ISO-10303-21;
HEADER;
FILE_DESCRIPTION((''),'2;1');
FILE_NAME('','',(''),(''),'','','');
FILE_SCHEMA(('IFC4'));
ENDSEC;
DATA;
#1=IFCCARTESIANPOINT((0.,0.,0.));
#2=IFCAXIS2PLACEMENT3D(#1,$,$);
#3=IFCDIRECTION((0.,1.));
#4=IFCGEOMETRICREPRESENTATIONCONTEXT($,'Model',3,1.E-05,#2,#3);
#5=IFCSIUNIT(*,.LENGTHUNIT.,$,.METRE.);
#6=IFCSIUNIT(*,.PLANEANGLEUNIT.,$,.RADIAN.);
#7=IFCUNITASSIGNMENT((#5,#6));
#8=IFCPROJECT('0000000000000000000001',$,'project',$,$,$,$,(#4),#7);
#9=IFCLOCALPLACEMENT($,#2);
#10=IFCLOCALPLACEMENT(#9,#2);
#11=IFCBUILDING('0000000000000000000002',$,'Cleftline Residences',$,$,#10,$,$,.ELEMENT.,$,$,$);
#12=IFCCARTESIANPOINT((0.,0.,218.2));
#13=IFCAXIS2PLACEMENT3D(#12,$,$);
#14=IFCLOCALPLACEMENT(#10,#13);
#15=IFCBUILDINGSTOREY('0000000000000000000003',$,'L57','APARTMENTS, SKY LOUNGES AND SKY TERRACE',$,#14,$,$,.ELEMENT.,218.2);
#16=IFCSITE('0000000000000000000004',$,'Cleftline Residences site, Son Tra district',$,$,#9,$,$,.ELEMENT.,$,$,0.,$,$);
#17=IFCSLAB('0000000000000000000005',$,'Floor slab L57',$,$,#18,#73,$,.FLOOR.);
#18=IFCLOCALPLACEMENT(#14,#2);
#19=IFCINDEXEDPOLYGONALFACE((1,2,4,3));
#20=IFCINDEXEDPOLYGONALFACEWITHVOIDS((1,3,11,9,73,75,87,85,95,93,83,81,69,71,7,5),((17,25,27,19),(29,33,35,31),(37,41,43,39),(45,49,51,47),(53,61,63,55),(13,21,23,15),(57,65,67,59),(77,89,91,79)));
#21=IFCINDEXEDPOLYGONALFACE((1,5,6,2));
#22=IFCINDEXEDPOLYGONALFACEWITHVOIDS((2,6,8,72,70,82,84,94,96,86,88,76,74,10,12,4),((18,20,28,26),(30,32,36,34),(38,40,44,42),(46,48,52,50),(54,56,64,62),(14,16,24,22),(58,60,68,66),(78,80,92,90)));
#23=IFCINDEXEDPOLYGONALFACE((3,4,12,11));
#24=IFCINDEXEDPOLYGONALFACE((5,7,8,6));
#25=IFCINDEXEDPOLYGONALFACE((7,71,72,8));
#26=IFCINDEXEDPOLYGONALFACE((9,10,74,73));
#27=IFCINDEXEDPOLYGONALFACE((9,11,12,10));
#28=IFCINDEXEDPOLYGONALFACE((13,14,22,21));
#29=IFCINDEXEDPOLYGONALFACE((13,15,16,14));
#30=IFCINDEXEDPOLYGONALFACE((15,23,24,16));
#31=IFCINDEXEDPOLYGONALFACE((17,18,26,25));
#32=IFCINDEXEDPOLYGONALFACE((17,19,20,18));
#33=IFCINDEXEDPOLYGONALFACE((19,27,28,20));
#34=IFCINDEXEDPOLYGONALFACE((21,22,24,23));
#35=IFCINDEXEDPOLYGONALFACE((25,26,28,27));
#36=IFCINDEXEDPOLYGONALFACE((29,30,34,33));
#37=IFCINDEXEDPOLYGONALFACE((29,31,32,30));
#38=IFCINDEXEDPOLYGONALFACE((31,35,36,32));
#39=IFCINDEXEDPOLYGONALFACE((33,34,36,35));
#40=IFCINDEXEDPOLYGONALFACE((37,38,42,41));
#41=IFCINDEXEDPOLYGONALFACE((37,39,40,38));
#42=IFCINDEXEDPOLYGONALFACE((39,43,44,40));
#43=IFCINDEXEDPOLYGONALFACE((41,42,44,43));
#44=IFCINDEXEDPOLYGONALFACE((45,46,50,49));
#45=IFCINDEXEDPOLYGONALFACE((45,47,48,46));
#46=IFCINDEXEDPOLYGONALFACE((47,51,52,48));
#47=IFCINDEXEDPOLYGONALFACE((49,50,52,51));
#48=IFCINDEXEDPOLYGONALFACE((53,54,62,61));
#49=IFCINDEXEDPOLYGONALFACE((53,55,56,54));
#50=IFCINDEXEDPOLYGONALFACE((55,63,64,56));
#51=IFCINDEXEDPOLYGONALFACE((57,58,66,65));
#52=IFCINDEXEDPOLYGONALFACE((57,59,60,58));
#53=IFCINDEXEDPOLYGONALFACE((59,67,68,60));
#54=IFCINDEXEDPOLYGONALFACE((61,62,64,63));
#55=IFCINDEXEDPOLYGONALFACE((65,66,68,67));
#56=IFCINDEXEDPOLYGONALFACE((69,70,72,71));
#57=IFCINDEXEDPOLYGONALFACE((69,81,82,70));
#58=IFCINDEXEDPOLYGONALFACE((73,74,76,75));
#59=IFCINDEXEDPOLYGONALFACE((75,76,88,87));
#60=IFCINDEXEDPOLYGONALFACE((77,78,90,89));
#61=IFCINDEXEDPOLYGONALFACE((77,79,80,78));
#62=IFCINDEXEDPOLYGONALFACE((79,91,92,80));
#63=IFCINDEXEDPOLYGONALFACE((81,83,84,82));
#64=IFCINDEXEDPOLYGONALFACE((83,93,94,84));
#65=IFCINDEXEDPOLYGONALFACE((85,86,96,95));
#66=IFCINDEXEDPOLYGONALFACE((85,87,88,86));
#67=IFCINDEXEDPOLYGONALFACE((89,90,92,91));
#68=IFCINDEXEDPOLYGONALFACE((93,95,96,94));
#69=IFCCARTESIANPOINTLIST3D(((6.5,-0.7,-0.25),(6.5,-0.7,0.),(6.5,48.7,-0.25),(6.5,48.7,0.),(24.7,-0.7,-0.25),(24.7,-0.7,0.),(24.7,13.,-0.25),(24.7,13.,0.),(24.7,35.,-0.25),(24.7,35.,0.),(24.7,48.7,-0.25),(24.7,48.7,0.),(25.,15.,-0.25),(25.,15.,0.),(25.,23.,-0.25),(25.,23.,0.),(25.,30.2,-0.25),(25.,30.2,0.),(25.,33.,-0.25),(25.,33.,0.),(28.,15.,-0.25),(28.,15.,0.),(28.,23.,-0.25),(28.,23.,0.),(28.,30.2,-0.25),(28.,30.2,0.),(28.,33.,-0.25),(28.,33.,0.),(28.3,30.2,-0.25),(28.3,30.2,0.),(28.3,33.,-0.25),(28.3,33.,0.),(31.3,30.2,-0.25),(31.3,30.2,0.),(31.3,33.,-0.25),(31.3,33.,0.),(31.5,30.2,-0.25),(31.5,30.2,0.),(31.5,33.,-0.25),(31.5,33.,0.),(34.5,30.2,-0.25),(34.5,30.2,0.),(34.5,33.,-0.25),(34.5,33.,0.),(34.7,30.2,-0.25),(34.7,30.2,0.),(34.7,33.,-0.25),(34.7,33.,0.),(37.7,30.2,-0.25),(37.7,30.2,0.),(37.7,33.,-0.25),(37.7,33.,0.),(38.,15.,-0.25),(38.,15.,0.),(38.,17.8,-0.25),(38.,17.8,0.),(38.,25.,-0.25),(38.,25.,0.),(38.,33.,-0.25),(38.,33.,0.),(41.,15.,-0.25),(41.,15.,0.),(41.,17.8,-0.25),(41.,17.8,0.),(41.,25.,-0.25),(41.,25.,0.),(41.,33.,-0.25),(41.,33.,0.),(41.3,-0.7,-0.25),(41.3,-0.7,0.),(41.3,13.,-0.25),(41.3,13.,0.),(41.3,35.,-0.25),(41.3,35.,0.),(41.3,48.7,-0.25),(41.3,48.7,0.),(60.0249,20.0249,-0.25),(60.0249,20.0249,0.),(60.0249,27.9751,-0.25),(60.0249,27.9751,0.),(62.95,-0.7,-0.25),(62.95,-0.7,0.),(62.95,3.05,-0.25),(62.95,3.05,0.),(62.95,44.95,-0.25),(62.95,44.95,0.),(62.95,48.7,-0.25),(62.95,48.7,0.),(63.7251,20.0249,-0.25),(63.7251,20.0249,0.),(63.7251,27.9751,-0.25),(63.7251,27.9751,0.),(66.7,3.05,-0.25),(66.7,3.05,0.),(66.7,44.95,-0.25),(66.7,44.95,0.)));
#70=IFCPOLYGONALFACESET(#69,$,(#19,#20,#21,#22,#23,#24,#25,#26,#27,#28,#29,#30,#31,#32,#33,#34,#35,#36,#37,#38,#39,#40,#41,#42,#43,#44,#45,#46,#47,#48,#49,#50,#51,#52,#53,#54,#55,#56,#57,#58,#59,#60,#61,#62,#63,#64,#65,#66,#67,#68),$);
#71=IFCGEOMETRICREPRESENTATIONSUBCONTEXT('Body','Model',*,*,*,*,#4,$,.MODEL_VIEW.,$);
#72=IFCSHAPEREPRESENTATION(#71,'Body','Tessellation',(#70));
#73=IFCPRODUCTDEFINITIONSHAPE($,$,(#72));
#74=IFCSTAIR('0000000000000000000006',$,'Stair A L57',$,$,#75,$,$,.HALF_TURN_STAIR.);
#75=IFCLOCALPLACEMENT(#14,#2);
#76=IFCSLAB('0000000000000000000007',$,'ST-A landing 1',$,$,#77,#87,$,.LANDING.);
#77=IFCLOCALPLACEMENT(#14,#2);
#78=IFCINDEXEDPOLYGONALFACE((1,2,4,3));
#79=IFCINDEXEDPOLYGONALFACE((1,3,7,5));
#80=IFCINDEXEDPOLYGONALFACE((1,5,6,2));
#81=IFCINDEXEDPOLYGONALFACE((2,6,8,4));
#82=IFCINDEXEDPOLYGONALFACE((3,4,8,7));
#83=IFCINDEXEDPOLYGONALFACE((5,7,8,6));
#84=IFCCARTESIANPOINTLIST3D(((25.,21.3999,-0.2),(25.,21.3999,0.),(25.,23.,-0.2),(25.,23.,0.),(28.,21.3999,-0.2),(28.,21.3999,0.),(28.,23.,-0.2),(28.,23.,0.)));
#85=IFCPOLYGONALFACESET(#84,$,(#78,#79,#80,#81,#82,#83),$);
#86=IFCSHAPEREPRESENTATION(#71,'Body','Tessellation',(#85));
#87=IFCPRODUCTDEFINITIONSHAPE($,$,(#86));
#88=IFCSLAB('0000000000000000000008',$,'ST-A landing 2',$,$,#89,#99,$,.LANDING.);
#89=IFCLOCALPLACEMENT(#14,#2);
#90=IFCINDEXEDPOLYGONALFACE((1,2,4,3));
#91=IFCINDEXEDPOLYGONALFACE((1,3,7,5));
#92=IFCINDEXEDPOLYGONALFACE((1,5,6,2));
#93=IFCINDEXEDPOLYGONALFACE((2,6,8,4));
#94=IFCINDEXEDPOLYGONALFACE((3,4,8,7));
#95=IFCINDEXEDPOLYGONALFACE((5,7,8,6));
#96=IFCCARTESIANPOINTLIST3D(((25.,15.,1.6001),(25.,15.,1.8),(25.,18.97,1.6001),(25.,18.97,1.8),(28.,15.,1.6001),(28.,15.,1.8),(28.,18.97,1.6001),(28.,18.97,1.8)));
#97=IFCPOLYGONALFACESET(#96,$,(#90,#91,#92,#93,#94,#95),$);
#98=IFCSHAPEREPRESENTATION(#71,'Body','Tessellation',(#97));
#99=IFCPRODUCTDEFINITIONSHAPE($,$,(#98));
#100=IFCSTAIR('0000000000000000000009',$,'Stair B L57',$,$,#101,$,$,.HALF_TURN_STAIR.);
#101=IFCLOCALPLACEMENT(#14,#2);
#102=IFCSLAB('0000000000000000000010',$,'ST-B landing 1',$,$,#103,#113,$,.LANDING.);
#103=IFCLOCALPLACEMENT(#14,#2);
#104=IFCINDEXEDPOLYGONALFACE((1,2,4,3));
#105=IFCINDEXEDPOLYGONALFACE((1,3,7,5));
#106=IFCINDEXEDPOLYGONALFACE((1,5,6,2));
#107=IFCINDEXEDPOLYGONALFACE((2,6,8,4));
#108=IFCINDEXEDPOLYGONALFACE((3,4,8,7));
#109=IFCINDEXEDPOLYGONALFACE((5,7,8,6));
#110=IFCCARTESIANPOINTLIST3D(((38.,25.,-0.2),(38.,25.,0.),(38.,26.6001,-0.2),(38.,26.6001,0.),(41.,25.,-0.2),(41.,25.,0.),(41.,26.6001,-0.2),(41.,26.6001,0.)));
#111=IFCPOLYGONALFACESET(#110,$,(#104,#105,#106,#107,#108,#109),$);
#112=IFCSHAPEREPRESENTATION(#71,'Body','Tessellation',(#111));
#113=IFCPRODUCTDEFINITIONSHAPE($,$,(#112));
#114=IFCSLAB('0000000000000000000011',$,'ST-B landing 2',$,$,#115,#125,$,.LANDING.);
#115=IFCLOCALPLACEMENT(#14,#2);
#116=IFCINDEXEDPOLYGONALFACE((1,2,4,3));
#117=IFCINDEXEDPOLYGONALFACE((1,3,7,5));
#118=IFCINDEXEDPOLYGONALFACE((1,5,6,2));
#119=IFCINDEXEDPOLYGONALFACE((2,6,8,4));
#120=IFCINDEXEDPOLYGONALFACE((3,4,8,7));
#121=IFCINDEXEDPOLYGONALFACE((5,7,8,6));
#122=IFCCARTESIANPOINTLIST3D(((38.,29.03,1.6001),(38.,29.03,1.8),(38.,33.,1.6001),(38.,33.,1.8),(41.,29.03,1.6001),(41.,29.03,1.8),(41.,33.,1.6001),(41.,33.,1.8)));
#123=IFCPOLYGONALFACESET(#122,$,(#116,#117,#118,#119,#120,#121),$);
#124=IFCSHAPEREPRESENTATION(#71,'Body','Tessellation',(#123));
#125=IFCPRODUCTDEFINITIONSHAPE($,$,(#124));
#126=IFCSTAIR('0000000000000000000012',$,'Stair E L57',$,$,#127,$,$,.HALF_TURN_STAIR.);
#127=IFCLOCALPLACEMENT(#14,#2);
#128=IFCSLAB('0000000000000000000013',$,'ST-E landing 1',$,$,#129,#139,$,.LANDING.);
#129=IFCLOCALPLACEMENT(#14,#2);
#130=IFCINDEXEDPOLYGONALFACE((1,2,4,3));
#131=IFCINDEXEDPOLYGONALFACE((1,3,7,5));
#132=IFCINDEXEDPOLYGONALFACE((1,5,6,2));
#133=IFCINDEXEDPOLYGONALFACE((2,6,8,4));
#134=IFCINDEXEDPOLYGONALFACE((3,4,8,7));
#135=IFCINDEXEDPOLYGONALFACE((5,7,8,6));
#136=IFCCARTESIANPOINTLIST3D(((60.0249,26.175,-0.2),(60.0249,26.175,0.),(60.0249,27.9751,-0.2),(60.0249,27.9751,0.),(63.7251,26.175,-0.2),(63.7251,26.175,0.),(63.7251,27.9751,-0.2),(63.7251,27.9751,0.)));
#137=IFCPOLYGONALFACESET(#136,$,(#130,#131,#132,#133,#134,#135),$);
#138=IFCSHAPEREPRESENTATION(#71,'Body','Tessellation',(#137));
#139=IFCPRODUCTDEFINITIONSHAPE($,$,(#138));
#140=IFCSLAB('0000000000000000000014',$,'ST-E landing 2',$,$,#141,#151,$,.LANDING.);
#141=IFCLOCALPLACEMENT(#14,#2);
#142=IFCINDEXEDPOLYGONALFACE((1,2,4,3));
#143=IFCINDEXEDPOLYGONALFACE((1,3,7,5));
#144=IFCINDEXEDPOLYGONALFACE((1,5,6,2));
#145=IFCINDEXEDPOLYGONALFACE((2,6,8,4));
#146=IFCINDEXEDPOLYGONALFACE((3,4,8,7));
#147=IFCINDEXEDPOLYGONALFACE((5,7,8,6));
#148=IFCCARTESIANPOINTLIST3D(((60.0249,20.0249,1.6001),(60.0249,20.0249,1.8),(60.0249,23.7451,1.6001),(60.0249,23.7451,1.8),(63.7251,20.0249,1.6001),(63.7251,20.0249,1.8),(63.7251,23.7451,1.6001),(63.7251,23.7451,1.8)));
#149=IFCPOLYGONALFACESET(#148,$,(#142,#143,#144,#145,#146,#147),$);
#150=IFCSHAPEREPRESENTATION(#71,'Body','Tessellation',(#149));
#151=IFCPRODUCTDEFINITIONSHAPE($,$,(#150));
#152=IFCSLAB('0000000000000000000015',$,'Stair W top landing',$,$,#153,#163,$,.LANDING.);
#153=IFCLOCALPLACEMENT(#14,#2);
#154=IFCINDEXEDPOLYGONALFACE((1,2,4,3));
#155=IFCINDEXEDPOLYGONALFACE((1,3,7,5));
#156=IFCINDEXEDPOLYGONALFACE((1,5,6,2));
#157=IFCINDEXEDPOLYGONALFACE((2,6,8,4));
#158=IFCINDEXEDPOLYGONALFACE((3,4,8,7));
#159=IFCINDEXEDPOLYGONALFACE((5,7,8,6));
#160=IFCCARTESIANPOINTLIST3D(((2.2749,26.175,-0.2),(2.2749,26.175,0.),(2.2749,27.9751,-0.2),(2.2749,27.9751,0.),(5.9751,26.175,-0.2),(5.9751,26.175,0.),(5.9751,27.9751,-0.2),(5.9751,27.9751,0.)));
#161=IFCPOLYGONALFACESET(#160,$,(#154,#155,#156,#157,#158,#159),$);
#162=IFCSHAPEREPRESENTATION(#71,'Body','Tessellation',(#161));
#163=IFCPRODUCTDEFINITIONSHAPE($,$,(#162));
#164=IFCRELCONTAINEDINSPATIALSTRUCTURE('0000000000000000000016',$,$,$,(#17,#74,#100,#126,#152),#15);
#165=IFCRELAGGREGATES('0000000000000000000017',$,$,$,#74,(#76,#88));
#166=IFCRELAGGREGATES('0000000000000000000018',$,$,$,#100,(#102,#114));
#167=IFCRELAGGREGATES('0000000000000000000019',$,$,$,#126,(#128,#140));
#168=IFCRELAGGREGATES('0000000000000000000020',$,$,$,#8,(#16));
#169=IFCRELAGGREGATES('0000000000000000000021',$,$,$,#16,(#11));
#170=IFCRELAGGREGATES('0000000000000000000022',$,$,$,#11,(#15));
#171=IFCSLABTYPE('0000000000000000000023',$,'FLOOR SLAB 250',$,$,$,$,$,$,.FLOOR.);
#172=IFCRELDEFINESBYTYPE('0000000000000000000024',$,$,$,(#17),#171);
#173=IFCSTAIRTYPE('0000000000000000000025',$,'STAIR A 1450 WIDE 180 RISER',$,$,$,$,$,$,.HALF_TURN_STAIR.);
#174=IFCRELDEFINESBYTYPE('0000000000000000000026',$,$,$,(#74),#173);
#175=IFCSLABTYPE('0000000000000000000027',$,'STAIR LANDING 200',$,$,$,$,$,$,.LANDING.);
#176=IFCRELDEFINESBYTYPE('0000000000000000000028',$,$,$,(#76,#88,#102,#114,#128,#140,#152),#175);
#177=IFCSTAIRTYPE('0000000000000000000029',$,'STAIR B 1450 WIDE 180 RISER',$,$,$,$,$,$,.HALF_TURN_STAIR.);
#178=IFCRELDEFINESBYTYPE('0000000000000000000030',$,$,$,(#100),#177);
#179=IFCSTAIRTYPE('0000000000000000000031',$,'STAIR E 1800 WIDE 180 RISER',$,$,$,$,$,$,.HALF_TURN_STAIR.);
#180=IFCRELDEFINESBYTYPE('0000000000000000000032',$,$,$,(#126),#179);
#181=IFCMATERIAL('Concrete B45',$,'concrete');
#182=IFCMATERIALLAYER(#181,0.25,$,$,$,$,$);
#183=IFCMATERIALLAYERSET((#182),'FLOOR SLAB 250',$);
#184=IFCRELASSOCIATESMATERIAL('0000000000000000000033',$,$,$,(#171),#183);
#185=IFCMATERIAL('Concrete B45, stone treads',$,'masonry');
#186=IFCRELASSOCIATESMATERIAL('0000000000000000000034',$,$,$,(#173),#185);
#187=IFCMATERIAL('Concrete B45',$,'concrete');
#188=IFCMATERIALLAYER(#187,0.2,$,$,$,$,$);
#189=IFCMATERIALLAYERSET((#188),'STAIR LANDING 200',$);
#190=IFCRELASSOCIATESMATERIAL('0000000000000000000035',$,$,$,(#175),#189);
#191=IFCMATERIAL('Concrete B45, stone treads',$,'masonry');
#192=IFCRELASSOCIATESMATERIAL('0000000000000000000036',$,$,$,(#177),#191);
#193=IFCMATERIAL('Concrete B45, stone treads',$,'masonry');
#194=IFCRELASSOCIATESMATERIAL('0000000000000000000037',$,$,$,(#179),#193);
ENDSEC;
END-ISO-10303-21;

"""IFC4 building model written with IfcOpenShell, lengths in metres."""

from ifc_helpers import new_model, si_unit, direction, frame, origin, place, context, subcontext, project, spatial, polyline, outline, extrude, material, layer, layer_set, type_object, element, aggregate, save


model = new_model("IFC4")

# Units and contexts
model_context = context("Model", 3, precision=1e-05, world=origin(), true_north=direction((0.0, 1.0)))
body_context = subcontext(model_context, "Body", "Model", "MODEL_VIEW")
ifc_project = project(units=[si_unit("LENGTHUNIT", "METRE"), si_unit("PLANEANGLEUNIT", "RADIAN")], contexts=[model_context])

# Site, building, storey
site_placement = place(None, origin())
site = spatial("IfcSite", under=ifc_project, at=site_placement, Name="Cleftline Residences site, Son Tra district", CompositionType="ELEMENT", RefElevation=0.0)
building_placement = place(site_placement, origin())
building = spatial("IfcBuilding", under=site, at=building_placement, Name="Cleftline Residences", CompositionType="ELEMENT")
storey_placement = place(building_placement, frame((0.0, 0.0, 218.2)))
storey = spatial("IfcBuildingStorey", under=building, at=storey_placement, Name="L57", Description="APARTMENTS, SKY LOUNGES AND SKY TERRACE", CompositionType="ELEMENT", Elevation=218.2)

# Slab
ifc_material_1 = material(Name="Concrete B45", Category="concrete")
ifc_layer_1 = layer(ifc_material_1, 0.25)
ifc_layer_set_1 = layer_set([ifc_layer_1], Name="FLOOR SLAB 250")
slab_type_1 = type_object("IfcSlabType", Name="FLOOR SLAB 250", PredefinedType="FLOOR", material=ifc_layer_set_1)
slab_1_placement = place(storey_placement, frame((0.0, 0.0, -0.25)))
element("IfcSlab", 1, at=slab_1_placement, inside=storey, type_object=slab_type_1, Name="Floor slab L57", PredefinedType="FLOOR", context=body_context, shape_type="SweptSolid", body=[
    extrude(outline(polyline([(24.7, 13.0), (41.3, 13.0), (41.3, -0.7), (62.95, -0.7), (62.95, 3.05), (66.7, 3.05), (66.7, 44.95), (62.95, 44.95), (62.95, 48.7), (41.3, 48.7), (41.3, 35.0), (24.7, 35.0), (24.7, 48.7), (6.5, 48.7), (6.5, -0.7), (24.7, -0.7), (24.7, 13.0)]), holes=[polyline([(28.0, 15.0), (28.0, 23.0), (25.0, 23.0), (25.0, 15.0), (28.0, 15.0)]), polyline([(41.0, 25.0), (41.0, 33.0), (38.0, 33.0), (38.0, 25.0), (41.0, 25.0)]), polyline([(28.0, 30.2), (28.0, 33.0), (25.0, 33.0), (25.0, 30.2), (28.0, 30.2)]), polyline([(41.0, 15.0), (41.0, 17.8), (38.0, 17.8), (38.0, 15.0), (41.0, 15.0)]), polyline([(31.3, 30.2), (31.3, 33.0), (28.3, 33.0), (28.3, 30.2), (31.3, 30.2)]), polyline([(34.5, 30.2), (34.5, 33.0), (31.5, 33.0), (31.5, 30.2), (34.5, 30.2)]), polyline([(37.7, 30.2), (37.7, 33.0), (34.7, 33.0), (34.7, 30.2), (37.7, 30.2)]), polyline([(63.7251, 20.0249), (63.7251, 27.9751), (60.0249, 27.9751), (60.0249, 20.0249), (63.7251, 20.0249)])]), origin(), (0.0, 0.0, 1.0), 0.25),
])

# Stairs, slabs
ifc_material_2 = material(Name="Concrete B45, stone treads", Category="masonry")
stair_type_1 = type_object("IfcStairType", Name="STAIR A 1450 WIDE 180 RISER", PredefinedType="HALF_TURN_STAIR", material=ifc_material_2)
stair_1_placement = place(storey_placement, origin())
stair_1 = element("IfcStair", 2, at=stair_1_placement, inside=storey, type_object=stair_type_1, Name="Stair A L57", PredefinedType="HALF_TURN_STAIR")
ifc_material_3 = material(Name="Concrete B45", Category="concrete")
ifc_layer_2 = layer(ifc_material_3, 0.2)
ifc_layer_set_2 = layer_set([ifc_layer_2], Name="STAIR LANDING 200")
slab_type_2 = type_object("IfcSlabType", Name="STAIR LANDING 200", PredefinedType="LANDING", material=ifc_layer_set_2)
slab_2_placement = place(storey_placement, frame((0.0, 0.0, -0.2)))
slab_2 = element("IfcSlab", 3, at=slab_2_placement, type_object=slab_type_2, Name="ST-A landing 1", PredefinedType="LANDING", context=body_context, shape_type="SweptSolid", body=[
    extrude(outline(polyline([(25.0, 21.3999), (28.0, 21.3999), (28.0, 23.0), (25.0, 23.0), (25.0, 21.3999)])), origin(), (0.0, 0.0, 1.0), 0.2),
])
slab_3_placement = place(storey_placement, frame((0.0, 0.0, 1.6001)))
slab_3 = element("IfcSlab", 4, at=slab_3_placement, type_object=slab_type_2, Name="ST-A landing 2", PredefinedType="LANDING", context=body_context, shape_type="SweptSolid", body=[
    extrude(outline(polyline([(25.0, 15.0), (28.0, 15.0), (28.0, 18.97), (25.0, 18.97), (25.0, 15.0)])), origin(), (0.0, 0.0, 1.0), 0.2),
])
aggregate(stair_1, [slab_2, slab_3])
ifc_material_4 = material(Name="Concrete B45, stone treads", Category="masonry")
stair_type_2 = type_object("IfcStairType", Name="STAIR B 1450 WIDE 180 RISER", PredefinedType="HALF_TURN_STAIR", material=ifc_material_4)
stair_2_placement = place(storey_placement, origin())
stair_2 = element("IfcStair", 5, at=stair_2_placement, inside=storey, type_object=stair_type_2, Name="Stair B L57", PredefinedType="HALF_TURN_STAIR")
slab_4_placement = place(storey_placement, frame((0.0, 0.0, -0.2)))
slab_4 = element("IfcSlab", 6, at=slab_4_placement, type_object=slab_type_2, Name="ST-B landing 1", PredefinedType="LANDING", context=body_context, shape_type="SweptSolid", body=[
    extrude(outline(polyline([(38.0, 25.0), (41.0, 25.0), (41.0, 26.6001), (38.0, 26.6001), (38.0, 25.0)])), origin(), (0.0, 0.0, 1.0), 0.2),
])
slab_5_placement = place(storey_placement, frame((0.0, 0.0, 1.6001)))
slab_5 = element("IfcSlab", 7, at=slab_5_placement, type_object=slab_type_2, Name="ST-B landing 2", PredefinedType="LANDING", context=body_context, shape_type="SweptSolid", body=[
    extrude(outline(polyline([(38.0, 29.03), (41.0, 29.03), (41.0, 33.0), (38.0, 33.0), (38.0, 29.03)])), origin(), (0.0, 0.0, 1.0), 0.2),
])
aggregate(stair_2, [slab_4, slab_5])
ifc_material_5 = material(Name="Concrete B45, stone treads", Category="masonry")
stair_type_3 = type_object("IfcStairType", Name="STAIR E 1800 WIDE 180 RISER", PredefinedType="HALF_TURN_STAIR", material=ifc_material_5)
stair_3_placement = place(storey_placement, origin())
stair_3 = element("IfcStair", 8, at=stair_3_placement, inside=storey, type_object=stair_type_3, Name="Stair E L57", PredefinedType="HALF_TURN_STAIR")
slab_6_placement = place(storey_placement, frame((0.0, 0.0, -0.2)))
slab_6 = element("IfcSlab", 9, at=slab_6_placement, type_object=slab_type_2, Name="ST-E landing 1", PredefinedType="LANDING", context=body_context, shape_type="SweptSolid", body=[
    extrude(outline(polyline([(60.0249, 26.175), (63.7251, 26.175), (63.7251, 27.9751), (60.0249, 27.9751), (60.0249, 26.175)])), origin(), (0.0, 0.0, 1.0), 0.2),
])
slab_7_placement = place(storey_placement, frame((0.0, 0.0, 1.6001)))
slab_7 = element("IfcSlab", 10, at=slab_7_placement, type_object=slab_type_2, Name="ST-E landing 2", PredefinedType="LANDING", context=body_context, shape_type="SweptSolid", body=[
    extrude(outline(polyline([(60.0249, 20.0249), (63.7251, 20.0249), (63.7251, 23.7451), (60.0249, 23.7451), (60.0249, 20.0249)])), origin(), (0.0, 0.0, 1.0), 0.2),
])
aggregate(stair_3, [slab_6, slab_7])

# Slab
slab_8_placement = place(storey_placement, frame((0.0, 0.0, -0.2)))
element("IfcSlab", 11, at=slab_8_placement, inside=storey, type_object=slab_type_2, Name="Stair W top landing", PredefinedType="LANDING", context=body_context, shape_type="SweptSolid", body=[
    extrude(outline(polyline([(2.2749, 26.175), (5.9751, 26.175), (5.9751, 27.9751), (2.2749, 27.9751), (2.2749, 26.175)])), origin(), (0.0, 0.0, 1.0), 0.2),
])

save(model, "model.ifc")
